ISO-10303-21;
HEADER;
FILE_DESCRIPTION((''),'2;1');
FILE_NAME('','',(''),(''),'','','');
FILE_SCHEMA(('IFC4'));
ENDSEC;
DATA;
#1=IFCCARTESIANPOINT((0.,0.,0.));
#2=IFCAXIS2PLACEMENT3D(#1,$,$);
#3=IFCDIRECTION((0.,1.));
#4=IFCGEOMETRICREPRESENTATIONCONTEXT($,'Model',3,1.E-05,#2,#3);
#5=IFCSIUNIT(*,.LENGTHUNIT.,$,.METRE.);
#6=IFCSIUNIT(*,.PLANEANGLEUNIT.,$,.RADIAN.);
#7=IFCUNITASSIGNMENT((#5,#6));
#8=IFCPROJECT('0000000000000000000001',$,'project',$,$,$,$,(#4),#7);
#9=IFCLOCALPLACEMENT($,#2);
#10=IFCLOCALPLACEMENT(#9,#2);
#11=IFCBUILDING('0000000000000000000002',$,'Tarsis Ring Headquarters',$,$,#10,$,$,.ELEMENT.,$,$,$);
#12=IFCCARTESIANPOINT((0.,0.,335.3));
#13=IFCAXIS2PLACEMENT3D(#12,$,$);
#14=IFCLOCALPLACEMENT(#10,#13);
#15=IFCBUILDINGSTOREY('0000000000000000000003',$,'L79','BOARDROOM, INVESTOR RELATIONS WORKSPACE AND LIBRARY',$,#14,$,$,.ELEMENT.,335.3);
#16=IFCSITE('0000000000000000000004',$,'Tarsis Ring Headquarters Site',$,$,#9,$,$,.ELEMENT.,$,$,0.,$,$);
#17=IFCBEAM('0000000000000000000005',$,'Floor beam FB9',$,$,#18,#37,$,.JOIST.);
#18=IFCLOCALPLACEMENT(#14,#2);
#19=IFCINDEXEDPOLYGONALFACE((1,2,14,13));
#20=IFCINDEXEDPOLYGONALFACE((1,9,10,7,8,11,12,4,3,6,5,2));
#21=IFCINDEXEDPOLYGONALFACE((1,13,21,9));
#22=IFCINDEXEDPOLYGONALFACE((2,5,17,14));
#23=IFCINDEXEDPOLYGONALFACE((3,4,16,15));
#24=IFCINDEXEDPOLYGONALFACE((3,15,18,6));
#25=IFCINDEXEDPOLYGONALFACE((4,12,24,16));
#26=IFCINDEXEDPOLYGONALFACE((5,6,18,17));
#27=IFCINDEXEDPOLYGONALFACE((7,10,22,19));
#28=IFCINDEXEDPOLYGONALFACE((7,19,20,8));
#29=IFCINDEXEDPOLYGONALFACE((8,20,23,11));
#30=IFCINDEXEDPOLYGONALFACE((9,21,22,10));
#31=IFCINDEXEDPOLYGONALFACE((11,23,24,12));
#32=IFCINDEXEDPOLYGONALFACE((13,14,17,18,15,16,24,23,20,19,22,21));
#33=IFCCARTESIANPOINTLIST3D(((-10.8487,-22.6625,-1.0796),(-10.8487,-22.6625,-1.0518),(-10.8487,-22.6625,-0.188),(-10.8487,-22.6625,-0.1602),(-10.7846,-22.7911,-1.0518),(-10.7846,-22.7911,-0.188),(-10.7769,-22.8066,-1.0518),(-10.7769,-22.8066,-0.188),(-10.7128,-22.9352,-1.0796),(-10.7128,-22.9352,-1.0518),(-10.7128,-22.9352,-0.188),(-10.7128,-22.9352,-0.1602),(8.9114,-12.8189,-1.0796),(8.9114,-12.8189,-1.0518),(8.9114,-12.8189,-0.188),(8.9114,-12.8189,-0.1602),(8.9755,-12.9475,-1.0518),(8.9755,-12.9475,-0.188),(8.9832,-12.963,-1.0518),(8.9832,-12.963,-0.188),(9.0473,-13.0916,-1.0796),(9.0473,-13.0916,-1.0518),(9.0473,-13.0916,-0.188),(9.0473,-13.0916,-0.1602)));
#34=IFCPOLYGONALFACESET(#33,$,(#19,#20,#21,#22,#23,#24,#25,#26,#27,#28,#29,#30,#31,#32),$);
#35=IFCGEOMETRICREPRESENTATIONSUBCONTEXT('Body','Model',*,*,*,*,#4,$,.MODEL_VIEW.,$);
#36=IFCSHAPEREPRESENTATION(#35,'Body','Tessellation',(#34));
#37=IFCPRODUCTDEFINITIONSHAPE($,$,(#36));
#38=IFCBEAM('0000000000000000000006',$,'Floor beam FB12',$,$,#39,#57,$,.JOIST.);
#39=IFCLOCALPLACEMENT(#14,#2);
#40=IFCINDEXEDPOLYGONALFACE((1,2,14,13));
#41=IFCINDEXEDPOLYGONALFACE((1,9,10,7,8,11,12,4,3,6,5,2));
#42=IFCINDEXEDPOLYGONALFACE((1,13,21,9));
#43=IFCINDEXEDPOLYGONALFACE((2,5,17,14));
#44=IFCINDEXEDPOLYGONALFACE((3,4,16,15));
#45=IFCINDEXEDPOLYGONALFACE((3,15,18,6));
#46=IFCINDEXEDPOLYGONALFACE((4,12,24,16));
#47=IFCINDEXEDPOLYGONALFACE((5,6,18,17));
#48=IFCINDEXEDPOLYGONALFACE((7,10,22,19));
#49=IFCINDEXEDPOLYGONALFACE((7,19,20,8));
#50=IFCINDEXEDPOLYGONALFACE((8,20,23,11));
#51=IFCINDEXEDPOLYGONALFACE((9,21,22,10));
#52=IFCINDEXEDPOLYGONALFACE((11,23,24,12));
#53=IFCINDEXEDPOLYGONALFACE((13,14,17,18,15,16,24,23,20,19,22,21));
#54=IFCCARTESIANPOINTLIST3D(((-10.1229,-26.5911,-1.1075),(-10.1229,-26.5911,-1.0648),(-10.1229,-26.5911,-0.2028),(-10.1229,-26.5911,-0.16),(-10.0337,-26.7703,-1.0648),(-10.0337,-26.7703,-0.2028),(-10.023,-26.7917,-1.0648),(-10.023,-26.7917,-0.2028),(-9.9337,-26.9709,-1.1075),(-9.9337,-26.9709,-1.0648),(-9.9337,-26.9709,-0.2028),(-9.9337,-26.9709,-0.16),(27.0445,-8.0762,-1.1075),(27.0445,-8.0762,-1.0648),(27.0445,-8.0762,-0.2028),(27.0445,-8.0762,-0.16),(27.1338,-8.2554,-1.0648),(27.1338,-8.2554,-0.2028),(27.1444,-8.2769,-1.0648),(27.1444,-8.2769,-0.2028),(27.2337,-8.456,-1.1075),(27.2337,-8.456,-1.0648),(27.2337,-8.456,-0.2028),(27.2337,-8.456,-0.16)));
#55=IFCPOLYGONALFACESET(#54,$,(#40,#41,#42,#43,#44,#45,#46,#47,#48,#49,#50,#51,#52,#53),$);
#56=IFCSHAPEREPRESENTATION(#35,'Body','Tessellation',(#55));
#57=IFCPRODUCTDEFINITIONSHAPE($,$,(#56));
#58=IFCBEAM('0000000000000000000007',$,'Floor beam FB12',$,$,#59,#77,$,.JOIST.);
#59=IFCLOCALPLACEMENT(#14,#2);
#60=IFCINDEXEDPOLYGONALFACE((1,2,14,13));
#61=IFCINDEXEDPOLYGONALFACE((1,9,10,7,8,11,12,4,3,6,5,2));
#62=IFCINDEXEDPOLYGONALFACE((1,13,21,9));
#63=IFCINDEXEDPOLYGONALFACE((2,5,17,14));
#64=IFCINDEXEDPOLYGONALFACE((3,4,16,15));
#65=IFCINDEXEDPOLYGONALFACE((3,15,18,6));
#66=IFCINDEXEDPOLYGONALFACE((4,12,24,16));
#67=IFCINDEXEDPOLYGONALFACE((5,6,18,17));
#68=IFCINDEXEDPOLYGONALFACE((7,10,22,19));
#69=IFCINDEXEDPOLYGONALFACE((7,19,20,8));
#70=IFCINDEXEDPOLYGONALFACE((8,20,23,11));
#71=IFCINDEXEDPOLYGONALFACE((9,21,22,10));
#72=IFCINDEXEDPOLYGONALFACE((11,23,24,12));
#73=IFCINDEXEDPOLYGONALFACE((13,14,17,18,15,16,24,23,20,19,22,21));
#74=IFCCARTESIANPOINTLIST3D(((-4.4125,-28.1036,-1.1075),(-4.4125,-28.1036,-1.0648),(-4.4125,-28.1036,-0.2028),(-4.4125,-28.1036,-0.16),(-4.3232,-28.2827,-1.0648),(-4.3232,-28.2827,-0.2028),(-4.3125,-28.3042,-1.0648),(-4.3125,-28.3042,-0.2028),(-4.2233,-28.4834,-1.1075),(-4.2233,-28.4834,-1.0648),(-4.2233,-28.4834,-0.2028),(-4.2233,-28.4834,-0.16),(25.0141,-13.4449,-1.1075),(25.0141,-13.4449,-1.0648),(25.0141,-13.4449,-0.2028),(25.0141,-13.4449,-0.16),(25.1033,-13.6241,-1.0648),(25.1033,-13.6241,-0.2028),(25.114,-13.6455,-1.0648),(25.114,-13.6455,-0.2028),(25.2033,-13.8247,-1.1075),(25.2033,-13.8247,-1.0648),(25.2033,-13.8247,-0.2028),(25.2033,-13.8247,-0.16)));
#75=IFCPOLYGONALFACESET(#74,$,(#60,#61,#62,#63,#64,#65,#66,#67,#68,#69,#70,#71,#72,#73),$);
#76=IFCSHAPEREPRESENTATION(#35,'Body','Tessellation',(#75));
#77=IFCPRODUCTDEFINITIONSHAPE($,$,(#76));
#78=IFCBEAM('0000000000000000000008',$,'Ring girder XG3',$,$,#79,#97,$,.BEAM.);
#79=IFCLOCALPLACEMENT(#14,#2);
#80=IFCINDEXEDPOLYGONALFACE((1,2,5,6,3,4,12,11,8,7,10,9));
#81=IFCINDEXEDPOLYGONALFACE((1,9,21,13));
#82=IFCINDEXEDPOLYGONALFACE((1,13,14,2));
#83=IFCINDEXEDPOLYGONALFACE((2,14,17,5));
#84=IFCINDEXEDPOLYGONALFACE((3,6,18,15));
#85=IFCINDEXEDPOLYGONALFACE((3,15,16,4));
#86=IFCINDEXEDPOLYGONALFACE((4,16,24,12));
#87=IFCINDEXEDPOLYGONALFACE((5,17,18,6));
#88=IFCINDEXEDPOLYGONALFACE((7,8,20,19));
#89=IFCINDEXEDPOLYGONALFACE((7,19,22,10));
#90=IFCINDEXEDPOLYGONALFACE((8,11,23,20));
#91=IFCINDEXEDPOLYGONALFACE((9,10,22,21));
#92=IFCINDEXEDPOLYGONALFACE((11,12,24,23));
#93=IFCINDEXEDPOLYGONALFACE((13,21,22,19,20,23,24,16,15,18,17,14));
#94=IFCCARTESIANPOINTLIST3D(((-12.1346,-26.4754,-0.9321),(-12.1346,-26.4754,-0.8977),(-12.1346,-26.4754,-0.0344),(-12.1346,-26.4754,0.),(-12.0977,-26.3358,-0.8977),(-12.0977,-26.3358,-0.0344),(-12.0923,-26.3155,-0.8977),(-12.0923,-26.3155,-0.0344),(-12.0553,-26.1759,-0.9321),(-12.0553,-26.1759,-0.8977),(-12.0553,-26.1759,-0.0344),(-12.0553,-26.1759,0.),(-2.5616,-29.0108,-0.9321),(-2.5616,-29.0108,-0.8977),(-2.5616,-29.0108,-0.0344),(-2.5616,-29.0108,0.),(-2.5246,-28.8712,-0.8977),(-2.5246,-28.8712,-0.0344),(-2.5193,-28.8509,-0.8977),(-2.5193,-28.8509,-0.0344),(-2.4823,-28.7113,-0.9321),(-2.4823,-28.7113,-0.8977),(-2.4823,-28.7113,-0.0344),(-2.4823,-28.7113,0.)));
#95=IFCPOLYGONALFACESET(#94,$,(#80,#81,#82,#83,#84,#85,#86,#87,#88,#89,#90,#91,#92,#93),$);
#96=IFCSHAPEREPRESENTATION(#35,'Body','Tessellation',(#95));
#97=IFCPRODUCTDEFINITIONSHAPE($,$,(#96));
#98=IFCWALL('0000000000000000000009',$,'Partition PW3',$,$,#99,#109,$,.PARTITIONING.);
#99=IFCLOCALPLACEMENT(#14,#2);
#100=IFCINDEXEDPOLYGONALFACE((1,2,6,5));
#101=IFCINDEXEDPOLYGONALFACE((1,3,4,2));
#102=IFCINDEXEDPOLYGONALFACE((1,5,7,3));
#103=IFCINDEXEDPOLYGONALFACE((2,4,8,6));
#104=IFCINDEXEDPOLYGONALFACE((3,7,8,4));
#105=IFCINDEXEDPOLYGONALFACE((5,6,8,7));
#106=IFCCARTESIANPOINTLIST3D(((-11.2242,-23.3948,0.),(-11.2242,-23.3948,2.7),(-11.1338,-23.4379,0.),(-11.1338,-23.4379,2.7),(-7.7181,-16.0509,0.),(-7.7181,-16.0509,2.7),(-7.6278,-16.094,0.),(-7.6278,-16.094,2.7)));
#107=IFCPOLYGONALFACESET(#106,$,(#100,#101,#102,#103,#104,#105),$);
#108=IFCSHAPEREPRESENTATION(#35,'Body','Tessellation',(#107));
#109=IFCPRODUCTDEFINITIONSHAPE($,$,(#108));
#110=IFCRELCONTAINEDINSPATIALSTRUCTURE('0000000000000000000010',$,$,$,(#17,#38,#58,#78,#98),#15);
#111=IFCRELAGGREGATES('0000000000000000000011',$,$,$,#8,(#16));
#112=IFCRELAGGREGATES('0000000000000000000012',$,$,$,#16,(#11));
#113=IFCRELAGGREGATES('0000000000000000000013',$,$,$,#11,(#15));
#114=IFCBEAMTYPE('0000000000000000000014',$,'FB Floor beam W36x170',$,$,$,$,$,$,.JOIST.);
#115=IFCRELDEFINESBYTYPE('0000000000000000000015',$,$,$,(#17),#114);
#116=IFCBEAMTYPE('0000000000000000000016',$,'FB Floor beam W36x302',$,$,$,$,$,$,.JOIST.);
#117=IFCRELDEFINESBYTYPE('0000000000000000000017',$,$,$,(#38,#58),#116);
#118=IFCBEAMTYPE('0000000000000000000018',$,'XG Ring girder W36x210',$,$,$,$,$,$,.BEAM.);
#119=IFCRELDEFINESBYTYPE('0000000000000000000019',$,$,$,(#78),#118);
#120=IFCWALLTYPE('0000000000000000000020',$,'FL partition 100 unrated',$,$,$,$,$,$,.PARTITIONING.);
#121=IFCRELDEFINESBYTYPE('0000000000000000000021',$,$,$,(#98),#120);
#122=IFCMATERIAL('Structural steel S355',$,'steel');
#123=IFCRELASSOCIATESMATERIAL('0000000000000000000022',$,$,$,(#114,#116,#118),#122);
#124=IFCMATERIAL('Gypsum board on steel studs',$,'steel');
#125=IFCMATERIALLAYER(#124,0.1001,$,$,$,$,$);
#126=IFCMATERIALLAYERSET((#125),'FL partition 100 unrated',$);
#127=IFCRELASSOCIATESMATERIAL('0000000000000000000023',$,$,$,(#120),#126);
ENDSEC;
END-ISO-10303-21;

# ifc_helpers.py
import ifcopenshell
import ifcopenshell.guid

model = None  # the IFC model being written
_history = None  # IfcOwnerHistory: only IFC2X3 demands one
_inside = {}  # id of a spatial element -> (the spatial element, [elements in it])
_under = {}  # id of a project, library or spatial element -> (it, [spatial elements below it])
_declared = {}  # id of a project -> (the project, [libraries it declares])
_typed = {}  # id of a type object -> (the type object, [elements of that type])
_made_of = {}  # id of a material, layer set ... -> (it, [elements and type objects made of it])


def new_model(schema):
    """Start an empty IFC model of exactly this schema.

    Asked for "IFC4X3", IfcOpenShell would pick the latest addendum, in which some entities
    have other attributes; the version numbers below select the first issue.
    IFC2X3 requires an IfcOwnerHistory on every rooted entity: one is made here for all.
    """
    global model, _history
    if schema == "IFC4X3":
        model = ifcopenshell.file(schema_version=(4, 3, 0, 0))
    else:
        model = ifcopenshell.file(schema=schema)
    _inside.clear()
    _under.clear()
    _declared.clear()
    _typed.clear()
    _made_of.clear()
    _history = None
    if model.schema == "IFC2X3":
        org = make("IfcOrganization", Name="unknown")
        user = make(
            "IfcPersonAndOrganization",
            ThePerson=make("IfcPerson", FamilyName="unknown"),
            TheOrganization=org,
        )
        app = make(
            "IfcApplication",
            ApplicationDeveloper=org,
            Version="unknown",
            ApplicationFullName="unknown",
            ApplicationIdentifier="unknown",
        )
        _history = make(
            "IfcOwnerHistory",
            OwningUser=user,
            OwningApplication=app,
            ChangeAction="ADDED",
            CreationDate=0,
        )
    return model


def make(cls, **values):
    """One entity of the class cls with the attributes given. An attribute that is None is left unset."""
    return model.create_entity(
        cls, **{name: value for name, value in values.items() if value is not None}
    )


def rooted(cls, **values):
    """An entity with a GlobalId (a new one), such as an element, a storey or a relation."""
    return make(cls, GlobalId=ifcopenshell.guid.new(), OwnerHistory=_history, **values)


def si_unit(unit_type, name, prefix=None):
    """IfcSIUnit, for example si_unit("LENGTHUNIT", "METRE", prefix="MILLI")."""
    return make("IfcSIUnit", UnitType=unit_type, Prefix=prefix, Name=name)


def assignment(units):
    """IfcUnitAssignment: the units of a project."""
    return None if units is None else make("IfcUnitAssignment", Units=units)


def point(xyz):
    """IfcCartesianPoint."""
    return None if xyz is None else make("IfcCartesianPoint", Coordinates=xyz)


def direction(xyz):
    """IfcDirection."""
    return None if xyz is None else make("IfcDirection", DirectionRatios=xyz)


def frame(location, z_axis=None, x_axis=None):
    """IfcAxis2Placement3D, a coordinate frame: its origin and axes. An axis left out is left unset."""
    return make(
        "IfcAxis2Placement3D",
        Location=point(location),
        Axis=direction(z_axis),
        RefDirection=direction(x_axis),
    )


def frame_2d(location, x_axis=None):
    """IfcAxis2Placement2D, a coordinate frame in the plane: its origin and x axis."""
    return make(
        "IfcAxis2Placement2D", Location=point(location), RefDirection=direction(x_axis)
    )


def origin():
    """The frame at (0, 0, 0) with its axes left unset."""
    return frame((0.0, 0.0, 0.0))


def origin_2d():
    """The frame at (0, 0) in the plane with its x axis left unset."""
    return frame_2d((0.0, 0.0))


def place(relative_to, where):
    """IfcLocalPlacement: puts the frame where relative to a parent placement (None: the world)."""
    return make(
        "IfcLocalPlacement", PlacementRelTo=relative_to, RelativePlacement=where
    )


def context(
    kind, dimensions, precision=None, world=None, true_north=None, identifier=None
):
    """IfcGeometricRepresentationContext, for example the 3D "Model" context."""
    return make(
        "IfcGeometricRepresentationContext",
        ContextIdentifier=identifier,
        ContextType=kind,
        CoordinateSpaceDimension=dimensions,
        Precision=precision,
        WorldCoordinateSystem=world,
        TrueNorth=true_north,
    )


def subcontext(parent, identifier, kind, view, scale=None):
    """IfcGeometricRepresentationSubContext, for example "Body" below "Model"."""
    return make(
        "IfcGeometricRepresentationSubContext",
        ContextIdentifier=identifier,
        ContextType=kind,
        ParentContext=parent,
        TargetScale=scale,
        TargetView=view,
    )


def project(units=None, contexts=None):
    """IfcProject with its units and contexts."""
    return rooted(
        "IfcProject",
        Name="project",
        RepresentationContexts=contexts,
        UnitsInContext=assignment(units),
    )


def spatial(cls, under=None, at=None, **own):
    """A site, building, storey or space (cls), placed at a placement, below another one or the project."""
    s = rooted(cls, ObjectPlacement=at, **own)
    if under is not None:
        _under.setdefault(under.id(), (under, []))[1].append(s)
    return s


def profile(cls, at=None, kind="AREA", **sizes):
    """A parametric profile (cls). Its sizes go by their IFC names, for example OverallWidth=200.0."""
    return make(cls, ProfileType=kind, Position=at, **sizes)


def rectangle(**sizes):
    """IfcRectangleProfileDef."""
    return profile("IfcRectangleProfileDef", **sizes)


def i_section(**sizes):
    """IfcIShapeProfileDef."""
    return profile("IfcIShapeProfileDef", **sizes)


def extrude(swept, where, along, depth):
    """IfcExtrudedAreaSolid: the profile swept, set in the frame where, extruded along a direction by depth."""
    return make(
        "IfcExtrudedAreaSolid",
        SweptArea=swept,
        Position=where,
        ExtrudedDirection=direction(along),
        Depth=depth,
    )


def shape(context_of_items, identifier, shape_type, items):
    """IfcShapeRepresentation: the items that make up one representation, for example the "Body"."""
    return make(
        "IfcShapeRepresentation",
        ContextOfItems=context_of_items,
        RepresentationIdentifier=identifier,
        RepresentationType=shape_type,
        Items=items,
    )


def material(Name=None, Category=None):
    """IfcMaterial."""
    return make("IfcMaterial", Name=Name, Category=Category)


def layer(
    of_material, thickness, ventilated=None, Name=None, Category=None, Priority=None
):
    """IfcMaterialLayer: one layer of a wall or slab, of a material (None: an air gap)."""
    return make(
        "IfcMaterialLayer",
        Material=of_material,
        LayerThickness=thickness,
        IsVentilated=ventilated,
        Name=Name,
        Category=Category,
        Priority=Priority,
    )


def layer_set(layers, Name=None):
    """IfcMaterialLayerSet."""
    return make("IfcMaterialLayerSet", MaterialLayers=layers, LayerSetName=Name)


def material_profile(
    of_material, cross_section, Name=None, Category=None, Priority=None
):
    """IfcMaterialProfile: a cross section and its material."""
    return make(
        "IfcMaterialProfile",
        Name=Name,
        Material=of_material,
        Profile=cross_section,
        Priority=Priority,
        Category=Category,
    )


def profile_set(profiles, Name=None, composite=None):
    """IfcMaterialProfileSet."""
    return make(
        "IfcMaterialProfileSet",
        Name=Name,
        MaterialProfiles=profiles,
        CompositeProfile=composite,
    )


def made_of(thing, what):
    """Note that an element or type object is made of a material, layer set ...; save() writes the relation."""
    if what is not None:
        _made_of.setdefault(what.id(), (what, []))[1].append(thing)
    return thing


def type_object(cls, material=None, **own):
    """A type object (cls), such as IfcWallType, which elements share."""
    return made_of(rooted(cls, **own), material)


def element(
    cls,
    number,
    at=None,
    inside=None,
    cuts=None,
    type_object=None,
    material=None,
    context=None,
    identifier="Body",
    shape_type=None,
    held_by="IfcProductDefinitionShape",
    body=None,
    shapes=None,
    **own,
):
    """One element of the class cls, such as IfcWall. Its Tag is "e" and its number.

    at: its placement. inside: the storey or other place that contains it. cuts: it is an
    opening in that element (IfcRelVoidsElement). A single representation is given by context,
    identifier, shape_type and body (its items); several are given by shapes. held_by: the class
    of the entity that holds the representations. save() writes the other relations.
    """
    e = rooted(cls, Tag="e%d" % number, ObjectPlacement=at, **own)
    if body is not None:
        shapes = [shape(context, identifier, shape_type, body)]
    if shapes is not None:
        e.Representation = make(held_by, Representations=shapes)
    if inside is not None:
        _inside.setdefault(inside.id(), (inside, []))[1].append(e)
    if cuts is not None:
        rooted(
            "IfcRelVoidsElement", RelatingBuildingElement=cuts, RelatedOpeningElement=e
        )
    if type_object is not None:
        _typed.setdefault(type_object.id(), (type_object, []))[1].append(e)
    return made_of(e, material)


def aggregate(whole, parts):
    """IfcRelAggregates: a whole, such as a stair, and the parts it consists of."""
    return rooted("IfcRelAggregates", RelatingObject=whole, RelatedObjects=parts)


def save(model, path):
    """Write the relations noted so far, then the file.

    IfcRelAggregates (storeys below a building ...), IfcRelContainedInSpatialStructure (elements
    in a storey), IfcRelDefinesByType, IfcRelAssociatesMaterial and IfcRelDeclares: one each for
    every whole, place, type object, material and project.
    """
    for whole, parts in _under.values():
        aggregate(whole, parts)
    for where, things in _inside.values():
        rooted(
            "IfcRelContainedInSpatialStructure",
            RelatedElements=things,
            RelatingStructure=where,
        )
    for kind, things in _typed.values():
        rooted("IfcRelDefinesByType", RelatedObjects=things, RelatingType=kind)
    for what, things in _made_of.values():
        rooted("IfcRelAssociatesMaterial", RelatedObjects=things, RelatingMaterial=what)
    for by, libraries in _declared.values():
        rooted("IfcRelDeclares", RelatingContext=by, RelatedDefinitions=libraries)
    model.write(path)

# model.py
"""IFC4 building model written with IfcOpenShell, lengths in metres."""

from ifc_helpers import new_model, si_unit, direction, frame, frame_2d, origin, origin_2d, place, context, subcontext, project, spatial, rectangle, i_section, extrude, material, layer, layer_set, material_profile, profile_set, type_object, element, save


model = new_model("IFC4")

# Units and contexts
model_context = context("Model", 3, precision=1e-05, world=origin(), true_north=direction((0.0, 1.0)))
body_context = subcontext(model_context, "Body", "Model", "MODEL_VIEW")
ifc_project = project(units=[si_unit("LENGTHUNIT", "METRE"), si_unit("PLANEANGLEUNIT", "RADIAN")], contexts=[model_context])

# Site, building, storey
site_placement = place(None, origin())
site = spatial("IfcSite", under=ifc_project, at=site_placement, Name="Tarsis Ring Headquarters Site", CompositionType="ELEMENT", RefElevation=0.0)
building_placement = place(site_placement, origin())
building = spatial("IfcBuilding", under=site, at=building_placement, Name="Tarsis Ring Headquarters", CompositionType="ELEMENT")
storey_placement = place(building_placement, frame((0.0, 0.0, 335.3)))
storey = spatial("IfcBuildingStorey", under=building, at=storey_placement, Name="L79", Description="BOARDROOM, INVESTOR RELATIONS WORKSPACE AND LIBRARY", CompositionType="ELEMENT", Elevation=335.3)

# Shared definitions
ifc_material_1 = material(Name="Structural steel S355", Category="steel")

# Beams
ifc_material_profile_1 = material_profile(ifc_material_1, i_section(OverallWidth=0.3047, OverallDepth=0.9194, WebThickness=0.0173, FlangeThickness=0.0278, at=origin_2d()), Name="W36x170")
ifc_profile_set_1 = profile_set([ifc_material_profile_1], Name="Structural steel S355")
beam_type_1 = type_object("IfcBeamType", Name="FB Floor beam W36x170", PredefinedType="JOIST", material=ifc_profile_set_1)
beam_1_placement = place(storey_placement, frame((-10.7808, -22.7988, -0.6199), z_axis=(0.895088, 0.44589, 0.0), x_axis=(-0.44589, 0.895088, 0.0)))
element("IfcBeam", 1, at=beam_1_placement, inside=storey, type_object=beam_type_1, Name="Floor beam FB9", PredefinedType="JOIST", context=body_context, shape_type="SweptSolid", body=[
    extrude(i_section(OverallWidth=0.3047, OverallDepth=0.9194, WebThickness=0.0173, FlangeThickness=0.0278, at=origin_2d()), origin(), (0.0, 0.0, 1.0), 22.0762),
])
ifc_material_profile_2 = material_profile(ifc_material_1, i_section(OverallWidth=0.4243, OverallDepth=0.9475, WebThickness=0.0239, FlangeThickness=0.0427, at=origin_2d()), Name="W36x302")
ifc_profile_set_2 = profile_set([ifc_material_profile_2], Name="Structural steel S355")
beam_type_2 = type_object("IfcBeamType", Name="FB Floor beam W36x302", PredefinedType="JOIST", material=ifc_profile_set_2)
beam_2_placement = place(storey_placement, frame((-10.0283, -26.781, -0.6338), z_axis=(0.895089, 0.445887, 0.0), x_axis=(-0.445887, 0.895089, 0.0)))
element("IfcBeam", 2, at=beam_2_placement, inside=storey, type_object=beam_type_2, Name="Floor beam FB12", PredefinedType="JOIST", context=body_context, shape_type="SweptSolid", body=[
    extrude(i_section(OverallWidth=0.4243, OverallDepth=0.9475, WebThickness=0.0239, FlangeThickness=0.0427, at=origin_2d()), origin(), (0.0, 0.0, 1.0), 41.5237),
])
beam_3_placement = place(storey_placement, frame((-4.3179, -28.2935, -0.6338), z_axis=(0.89509, 0.445885, 0.0), x_axis=(-0.445885, 0.89509, 0.0)))
element("IfcBeam", 3, at=beam_3_placement, inside=storey, type_object=beam_type_2, Name="Floor beam FB12", PredefinedType="JOIST", context=body_context, shape_type="SweptSolid", body=[
    extrude(i_section(OverallWidth=0.4243, OverallDepth=0.9475, WebThickness=0.0239, FlangeThickness=0.0427, at=origin_2d()), origin(), (0.0, 0.0, 1.0), 32.8755),
])
ifc_material_profile_3 = material_profile(ifc_material_1, i_section(OverallWidth=0.3098, OverallDepth=0.9321, WebThickness=0.021, FlangeThickness=0.0344, at=origin_2d()), Name="W36x210")
ifc_profile_set_3 = profile_set([ifc_material_profile_3], Name="Structural steel S355")
beam_type_3 = type_object("IfcBeamType", Name="XG Ring girder W36x210", PredefinedType="BEAM", material=ifc_profile_set_3)
beam_4_placement = place(storey_placement, frame((-12.095, -26.3257, -0.4661), z_axis=(0.966671, -0.256022, 0.0), x_axis=(0.256022, 0.966671, 0.0)))
element("IfcBeam", 4, at=beam_4_placement, inside=storey, type_object=beam_type_3, Name="Ring girder XG3", PredefinedType="BEAM", context=body_context, shape_type="SweptSolid", body=[
    extrude(i_section(OverallWidth=0.3098, OverallDepth=0.9321, WebThickness=0.021, FlangeThickness=0.0344, at=origin_2d()), origin(), (0.0, 0.0, 1.0), 9.9031),
])

# Wall
ifc_material_2 = material(Name="Gypsum board on steel studs", Category="steel")
ifc_layer_1 = layer(ifc_material_2, 0.1001)
ifc_layer_set_1 = layer_set([ifc_layer_1], Name="FL partition 100 unrated")
wall_type_1 = type_object("IfcWallType", Name="FL partition 100 unrated", PredefinedType="PARTITIONING", material=ifc_layer_set_1)
wall_1_placement = place(storey_placement, frame((-11.179, -23.4163, 0.0), z_axis=(0.0, 0.0, 1.0), x_axis=(0.430831, 0.902433, 0.0)))
element("IfcWall", 5, at=wall_1_placement, inside=storey, type_object=wall_type_1, Name="Partition PW3", PredefinedType="PARTITIONING", context=body_context, shape_type="SweptSolid", body=[
    extrude(rectangle(XDim=8.1379, YDim=0.1001, at=frame_2d((4.0688, 0.0))), origin(), (0.0, 0.0, 1.0), 2.7),
])

save(model, "model.ifc")
